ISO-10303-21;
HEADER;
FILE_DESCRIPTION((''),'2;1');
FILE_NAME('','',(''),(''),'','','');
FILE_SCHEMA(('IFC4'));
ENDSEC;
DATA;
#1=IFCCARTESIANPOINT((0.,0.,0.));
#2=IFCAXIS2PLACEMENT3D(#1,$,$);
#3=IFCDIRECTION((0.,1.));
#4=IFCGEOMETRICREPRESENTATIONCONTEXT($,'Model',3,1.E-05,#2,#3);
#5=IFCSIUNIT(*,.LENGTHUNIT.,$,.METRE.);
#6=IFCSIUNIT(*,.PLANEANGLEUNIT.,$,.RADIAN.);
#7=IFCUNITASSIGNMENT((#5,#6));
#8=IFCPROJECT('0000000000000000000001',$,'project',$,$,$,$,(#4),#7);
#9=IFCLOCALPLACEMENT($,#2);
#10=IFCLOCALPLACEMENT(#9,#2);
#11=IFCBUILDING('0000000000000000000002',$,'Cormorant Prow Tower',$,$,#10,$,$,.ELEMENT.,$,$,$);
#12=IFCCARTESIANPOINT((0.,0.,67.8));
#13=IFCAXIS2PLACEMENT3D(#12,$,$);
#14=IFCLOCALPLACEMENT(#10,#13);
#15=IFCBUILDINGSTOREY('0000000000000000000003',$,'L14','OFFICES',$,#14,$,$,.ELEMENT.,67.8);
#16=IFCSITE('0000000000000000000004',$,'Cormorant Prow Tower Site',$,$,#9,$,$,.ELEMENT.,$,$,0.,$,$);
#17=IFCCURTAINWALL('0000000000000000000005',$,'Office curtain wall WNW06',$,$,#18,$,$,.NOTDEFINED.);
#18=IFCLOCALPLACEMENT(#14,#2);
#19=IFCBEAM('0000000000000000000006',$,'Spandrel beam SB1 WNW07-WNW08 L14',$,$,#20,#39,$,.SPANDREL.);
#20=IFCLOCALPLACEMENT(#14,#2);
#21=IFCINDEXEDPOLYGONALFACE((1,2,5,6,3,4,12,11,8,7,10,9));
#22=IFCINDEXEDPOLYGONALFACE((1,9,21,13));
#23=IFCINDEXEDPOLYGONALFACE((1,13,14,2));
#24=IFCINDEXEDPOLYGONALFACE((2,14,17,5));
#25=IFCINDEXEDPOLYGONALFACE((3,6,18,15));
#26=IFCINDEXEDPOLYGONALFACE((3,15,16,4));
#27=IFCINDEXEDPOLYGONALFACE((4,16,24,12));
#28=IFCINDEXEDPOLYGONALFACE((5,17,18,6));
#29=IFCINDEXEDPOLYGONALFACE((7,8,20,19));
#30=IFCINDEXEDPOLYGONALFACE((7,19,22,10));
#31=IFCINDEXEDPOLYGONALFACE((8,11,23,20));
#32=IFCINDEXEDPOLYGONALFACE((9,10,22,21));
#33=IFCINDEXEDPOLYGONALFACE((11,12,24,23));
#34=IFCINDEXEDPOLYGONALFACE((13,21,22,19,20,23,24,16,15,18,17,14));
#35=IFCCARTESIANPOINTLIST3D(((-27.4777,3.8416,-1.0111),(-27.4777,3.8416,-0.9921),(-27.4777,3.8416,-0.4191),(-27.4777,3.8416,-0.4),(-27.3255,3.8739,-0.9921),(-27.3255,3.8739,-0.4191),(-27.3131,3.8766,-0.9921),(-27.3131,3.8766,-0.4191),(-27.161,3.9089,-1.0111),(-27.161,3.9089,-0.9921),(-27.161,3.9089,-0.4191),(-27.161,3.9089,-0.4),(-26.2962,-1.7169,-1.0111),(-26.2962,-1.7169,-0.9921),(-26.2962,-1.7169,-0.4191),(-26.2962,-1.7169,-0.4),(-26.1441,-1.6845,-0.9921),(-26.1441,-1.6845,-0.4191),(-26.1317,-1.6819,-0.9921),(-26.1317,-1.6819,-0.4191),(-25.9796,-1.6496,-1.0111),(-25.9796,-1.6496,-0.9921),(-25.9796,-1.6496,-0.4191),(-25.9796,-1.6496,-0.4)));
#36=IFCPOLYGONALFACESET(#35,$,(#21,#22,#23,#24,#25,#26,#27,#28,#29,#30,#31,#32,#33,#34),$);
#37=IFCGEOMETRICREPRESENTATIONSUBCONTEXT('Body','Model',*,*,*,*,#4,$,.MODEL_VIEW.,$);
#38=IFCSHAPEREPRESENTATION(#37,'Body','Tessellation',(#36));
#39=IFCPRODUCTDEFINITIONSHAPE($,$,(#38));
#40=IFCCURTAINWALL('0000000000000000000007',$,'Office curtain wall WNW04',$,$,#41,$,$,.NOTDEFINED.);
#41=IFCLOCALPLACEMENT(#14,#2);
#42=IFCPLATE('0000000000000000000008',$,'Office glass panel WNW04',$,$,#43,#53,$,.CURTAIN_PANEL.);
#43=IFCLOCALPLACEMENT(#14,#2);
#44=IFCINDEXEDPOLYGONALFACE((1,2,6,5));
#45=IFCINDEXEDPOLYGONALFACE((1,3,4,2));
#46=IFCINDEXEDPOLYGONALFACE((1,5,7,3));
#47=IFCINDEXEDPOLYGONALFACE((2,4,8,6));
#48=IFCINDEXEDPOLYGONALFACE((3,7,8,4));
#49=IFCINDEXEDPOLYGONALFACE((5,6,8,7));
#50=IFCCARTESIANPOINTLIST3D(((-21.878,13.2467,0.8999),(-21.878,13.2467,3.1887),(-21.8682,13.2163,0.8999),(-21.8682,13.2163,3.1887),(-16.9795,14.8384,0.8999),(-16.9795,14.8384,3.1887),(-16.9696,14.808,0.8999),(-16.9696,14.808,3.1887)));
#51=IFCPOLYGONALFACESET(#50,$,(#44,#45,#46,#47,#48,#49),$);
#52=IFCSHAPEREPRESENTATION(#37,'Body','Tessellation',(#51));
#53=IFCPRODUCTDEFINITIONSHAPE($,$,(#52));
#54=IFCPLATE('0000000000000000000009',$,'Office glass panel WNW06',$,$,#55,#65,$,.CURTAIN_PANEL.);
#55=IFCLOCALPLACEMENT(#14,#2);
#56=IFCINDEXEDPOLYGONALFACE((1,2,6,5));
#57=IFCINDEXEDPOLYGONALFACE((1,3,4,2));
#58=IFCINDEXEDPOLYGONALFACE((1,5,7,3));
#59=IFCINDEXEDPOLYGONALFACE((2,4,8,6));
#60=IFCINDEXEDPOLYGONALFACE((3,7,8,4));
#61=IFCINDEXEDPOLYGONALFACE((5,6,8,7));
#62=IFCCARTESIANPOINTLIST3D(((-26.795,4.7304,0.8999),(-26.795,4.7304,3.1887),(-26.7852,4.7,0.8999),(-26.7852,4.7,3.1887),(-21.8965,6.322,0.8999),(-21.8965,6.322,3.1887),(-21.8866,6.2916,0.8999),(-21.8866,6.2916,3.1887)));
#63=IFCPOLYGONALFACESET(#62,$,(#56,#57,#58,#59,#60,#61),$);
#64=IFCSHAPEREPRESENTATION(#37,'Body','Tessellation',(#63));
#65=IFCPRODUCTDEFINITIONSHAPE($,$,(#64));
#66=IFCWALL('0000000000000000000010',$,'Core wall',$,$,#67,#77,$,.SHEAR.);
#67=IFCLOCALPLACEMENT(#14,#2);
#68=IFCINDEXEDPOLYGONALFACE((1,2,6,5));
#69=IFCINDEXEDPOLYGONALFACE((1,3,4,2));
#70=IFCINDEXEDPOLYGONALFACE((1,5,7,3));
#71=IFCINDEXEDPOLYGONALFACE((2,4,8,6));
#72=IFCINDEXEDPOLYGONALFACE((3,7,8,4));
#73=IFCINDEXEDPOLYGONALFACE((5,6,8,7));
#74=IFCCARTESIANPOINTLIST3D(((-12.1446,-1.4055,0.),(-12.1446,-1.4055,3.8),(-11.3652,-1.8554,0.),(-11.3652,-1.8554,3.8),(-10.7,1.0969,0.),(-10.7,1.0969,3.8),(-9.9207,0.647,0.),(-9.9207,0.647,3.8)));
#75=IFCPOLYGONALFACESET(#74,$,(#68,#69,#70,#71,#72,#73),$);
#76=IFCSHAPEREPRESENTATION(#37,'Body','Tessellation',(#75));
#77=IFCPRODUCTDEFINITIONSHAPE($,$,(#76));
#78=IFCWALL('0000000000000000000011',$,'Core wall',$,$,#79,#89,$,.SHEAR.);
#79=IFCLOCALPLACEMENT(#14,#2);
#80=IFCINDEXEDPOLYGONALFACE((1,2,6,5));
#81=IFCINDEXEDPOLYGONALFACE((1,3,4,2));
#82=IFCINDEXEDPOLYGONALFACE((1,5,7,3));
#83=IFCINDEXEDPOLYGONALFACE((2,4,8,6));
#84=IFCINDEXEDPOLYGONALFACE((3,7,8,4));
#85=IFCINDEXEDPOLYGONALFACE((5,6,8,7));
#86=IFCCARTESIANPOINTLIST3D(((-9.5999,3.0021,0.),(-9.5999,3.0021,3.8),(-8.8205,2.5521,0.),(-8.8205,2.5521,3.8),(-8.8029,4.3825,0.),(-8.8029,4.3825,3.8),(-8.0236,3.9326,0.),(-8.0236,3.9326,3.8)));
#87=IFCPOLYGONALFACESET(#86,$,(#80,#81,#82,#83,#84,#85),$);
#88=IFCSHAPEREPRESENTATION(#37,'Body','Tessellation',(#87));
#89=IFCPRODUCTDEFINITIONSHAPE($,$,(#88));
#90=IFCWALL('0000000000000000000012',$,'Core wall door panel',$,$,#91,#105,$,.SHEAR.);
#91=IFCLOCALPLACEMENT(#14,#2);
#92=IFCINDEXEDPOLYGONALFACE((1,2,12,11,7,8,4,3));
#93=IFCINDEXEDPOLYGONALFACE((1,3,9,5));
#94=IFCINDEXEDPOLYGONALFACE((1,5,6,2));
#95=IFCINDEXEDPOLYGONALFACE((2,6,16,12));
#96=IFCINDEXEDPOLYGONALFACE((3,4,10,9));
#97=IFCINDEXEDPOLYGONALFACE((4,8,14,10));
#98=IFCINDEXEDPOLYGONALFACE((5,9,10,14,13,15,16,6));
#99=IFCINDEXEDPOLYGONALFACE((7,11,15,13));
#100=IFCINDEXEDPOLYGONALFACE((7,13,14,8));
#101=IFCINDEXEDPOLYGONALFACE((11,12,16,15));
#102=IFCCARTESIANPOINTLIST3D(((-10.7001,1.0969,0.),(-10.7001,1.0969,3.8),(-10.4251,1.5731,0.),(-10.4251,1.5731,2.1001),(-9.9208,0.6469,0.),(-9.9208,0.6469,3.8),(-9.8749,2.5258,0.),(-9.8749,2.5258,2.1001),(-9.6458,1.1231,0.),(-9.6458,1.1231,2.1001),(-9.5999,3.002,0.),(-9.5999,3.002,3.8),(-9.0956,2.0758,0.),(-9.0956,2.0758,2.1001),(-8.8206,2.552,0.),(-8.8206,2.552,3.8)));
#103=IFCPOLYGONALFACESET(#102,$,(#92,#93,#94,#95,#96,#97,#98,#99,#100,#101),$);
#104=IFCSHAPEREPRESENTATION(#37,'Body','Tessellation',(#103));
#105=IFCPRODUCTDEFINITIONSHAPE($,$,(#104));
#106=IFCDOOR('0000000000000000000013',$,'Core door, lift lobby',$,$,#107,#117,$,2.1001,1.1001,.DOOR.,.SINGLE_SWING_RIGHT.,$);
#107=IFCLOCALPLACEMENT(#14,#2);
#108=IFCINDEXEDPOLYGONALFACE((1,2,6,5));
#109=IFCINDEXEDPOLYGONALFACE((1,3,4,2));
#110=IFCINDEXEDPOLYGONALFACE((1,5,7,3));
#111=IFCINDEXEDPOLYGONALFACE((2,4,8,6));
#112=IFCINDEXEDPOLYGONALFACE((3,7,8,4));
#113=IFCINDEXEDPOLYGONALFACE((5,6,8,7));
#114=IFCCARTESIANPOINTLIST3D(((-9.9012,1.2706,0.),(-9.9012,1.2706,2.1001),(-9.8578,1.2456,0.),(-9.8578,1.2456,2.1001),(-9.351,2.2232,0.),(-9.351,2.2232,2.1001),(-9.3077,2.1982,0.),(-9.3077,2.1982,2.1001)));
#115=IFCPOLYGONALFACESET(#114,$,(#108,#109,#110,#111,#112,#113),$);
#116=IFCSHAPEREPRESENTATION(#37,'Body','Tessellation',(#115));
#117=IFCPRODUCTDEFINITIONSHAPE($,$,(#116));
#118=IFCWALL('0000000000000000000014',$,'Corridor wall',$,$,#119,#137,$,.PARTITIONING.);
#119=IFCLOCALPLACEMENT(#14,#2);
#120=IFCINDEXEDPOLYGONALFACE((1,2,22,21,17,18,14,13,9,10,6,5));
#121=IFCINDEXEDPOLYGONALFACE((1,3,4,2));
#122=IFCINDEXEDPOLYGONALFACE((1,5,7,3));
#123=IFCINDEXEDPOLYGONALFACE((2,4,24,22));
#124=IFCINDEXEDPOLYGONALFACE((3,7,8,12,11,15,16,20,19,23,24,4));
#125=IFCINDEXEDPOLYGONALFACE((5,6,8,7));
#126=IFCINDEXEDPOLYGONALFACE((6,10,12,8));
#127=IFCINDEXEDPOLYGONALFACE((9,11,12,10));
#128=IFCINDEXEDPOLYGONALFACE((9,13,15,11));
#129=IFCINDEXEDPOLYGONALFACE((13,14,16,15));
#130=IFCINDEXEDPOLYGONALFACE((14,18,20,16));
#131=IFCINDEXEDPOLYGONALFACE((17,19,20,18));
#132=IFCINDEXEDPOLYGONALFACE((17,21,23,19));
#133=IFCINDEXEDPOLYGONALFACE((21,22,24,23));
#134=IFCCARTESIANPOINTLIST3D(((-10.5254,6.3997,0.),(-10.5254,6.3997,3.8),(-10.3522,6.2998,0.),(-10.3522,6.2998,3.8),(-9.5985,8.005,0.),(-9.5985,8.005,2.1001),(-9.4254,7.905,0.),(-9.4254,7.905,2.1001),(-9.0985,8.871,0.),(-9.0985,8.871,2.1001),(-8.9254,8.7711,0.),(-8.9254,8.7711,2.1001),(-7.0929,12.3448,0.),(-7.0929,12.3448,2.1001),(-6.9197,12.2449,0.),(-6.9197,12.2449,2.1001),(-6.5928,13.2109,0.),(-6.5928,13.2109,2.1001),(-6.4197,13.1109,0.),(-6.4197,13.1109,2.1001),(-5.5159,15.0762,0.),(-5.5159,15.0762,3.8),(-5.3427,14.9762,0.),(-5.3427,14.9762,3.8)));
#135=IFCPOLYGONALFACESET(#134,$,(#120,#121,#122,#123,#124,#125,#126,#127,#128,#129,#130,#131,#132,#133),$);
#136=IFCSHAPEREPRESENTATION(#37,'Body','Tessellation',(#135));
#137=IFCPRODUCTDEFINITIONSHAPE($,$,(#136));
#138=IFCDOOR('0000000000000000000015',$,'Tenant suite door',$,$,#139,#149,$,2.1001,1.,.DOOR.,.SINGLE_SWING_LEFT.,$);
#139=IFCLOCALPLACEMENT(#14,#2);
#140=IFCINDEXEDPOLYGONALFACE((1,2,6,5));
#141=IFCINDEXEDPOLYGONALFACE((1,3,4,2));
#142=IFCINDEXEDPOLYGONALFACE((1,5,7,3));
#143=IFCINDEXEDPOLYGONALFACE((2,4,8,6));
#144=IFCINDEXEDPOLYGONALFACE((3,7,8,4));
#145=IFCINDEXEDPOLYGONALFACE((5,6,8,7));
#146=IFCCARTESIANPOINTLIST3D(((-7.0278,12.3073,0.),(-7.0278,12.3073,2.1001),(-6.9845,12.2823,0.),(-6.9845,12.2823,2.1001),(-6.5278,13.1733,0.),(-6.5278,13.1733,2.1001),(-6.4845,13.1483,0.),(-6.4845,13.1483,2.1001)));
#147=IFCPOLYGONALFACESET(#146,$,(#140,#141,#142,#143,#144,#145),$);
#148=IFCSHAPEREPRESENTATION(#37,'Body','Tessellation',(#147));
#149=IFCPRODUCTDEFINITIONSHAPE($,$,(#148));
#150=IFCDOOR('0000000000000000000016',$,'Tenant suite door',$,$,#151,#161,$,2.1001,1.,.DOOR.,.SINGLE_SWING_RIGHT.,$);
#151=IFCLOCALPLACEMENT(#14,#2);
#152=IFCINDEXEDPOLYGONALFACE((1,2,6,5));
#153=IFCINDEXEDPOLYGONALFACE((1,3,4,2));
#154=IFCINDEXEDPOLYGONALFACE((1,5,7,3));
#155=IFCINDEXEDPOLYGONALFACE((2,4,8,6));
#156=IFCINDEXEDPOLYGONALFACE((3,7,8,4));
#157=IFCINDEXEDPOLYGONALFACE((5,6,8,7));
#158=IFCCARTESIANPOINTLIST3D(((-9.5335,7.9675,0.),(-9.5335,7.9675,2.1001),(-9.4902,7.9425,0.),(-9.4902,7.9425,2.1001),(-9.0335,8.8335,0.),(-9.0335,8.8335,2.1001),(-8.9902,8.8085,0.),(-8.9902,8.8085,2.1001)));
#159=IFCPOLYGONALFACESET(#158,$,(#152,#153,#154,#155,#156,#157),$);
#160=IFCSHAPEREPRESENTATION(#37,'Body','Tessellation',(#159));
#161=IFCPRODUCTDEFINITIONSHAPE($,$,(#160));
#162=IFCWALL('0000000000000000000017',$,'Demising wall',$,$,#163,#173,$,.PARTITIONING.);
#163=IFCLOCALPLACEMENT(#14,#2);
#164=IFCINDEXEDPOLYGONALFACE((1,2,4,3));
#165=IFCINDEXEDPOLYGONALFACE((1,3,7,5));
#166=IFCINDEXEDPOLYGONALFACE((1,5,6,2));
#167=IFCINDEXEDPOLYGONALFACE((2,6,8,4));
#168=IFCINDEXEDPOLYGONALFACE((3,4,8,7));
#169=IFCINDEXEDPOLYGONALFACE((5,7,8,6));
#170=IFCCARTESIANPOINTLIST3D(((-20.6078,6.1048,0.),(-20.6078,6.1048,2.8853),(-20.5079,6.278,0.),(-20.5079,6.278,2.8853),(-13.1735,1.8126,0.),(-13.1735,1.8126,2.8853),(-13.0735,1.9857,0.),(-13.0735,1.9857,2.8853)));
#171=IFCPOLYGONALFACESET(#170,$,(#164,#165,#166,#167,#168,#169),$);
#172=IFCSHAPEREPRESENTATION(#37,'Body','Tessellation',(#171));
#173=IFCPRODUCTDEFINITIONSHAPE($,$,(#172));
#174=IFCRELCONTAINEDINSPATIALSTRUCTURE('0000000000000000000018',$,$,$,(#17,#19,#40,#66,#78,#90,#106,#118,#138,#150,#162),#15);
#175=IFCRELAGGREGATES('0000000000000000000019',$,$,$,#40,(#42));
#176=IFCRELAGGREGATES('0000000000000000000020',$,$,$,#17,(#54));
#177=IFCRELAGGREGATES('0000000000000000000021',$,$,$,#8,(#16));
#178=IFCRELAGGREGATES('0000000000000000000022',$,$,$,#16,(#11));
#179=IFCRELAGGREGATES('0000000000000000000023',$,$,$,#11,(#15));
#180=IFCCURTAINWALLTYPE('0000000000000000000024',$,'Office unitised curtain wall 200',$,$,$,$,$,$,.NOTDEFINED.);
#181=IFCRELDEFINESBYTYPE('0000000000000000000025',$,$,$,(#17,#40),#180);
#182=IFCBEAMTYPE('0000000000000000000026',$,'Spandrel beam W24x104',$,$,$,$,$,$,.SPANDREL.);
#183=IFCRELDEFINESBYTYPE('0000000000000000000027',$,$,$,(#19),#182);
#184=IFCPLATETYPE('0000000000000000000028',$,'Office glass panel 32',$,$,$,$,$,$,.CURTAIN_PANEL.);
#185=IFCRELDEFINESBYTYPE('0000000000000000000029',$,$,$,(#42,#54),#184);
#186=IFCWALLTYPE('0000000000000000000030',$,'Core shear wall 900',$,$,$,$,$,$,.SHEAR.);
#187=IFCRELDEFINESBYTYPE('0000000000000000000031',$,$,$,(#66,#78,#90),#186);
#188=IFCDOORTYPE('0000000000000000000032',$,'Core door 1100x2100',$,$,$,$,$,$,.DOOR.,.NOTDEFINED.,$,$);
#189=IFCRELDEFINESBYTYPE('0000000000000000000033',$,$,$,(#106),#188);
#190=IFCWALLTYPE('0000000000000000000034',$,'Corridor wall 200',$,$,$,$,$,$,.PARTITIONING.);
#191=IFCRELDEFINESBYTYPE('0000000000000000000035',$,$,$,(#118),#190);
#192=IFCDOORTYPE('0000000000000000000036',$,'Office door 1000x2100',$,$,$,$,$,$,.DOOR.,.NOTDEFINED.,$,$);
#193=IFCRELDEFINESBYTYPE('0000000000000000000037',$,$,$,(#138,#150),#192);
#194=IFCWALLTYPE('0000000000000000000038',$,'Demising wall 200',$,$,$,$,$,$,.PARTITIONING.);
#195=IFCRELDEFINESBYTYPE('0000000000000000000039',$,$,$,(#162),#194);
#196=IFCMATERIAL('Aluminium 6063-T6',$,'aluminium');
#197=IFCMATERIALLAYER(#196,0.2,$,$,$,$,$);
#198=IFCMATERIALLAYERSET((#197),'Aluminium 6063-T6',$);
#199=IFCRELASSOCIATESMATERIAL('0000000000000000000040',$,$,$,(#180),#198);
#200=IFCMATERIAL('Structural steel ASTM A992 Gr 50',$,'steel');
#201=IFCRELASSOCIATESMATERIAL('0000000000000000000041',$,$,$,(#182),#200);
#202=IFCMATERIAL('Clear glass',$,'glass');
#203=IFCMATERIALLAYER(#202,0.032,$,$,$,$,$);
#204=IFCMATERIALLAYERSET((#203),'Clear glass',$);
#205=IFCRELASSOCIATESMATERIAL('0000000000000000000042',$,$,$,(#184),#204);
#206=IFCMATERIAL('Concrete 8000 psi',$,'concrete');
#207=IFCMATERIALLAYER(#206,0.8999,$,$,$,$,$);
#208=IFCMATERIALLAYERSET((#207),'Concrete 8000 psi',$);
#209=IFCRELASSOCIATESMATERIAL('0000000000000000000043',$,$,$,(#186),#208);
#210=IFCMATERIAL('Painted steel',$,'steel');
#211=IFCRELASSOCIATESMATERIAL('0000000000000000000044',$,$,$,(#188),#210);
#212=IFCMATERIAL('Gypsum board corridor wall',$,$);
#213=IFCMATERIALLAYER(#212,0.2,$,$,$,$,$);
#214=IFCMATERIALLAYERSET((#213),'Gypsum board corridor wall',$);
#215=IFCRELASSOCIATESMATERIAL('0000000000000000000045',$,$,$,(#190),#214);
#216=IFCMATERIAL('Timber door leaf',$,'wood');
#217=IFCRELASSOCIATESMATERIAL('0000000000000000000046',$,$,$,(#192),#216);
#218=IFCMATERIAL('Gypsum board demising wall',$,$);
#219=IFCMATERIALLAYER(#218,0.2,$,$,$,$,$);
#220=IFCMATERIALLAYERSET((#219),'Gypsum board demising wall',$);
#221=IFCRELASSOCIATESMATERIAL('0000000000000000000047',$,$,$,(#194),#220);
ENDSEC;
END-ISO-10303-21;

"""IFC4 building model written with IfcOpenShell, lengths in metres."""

from ifc_helpers import new_model, si_unit, direction, frame, frame_2d, origin, origin_2d, place, context, subcontext, project, spatial, rectangle, i_section, extrude, material, layer, layer_set, material_profile, profile_set, type_object, element, fill, aggregate, save


model = new_model("IFC4")

# Units and contexts
model_context = context("Model", 3, precision=1e-05, world=origin(), true_north=direction((0.0, 1.0)))
body_context = subcontext(model_context, "Body", "Model", "MODEL_VIEW")
ifc_project = project(units=[si_unit("LENGTHUNIT", "METRE"), si_unit("PLANEANGLEUNIT", "RADIAN")], contexts=[model_context])

# Site, building, storey
site_placement = place(None, origin())
site = spatial("IfcSite", under=ifc_project, at=site_placement, Name="Cormorant Prow Tower Site", CompositionType="ELEMENT", RefElevation=0.0)
building_placement = place(site_placement, origin())
building = spatial("IfcBuilding", under=site, at=building_placement, Name="Cormorant Prow Tower", CompositionType="ELEMENT")
storey_placement = place(building_placement, frame((0.0, 0.0, 67.8)))
storey = spatial("IfcBuildingStorey", under=building, at=storey_placement, Name="L14", Description="OFFICES", CompositionType="ELEMENT", Elevation=67.8)

# Curtain wall
ifc_material_1 = material(Name="Aluminium 6063-T6", Category="aluminium")
ifc_layer_1 = layer(ifc_material_1, 0.2)
ifc_layer_set_1 = layer_set([ifc_layer_1], Name="Aluminium 6063-T6")
curtain_wall_type = type_object("IfcCurtainWallType", Name="Office unitised curtain wall 200", PredefinedType="NOTDEFINED", material=ifc_layer_set_1)
curtain_wall_1_placement = place(storey_placement, origin())
curtain_wall_1 = element("IfcCurtainWall", 1, at=curtain_wall_1_placement, inside=storey, type_object=curtain_wall_type, Name="Office curtain wall WNW06", PredefinedType="NOTDEFINED")

# Beam
ifc_material_2 = material(Name="Structural steel ASTM A992 Gr 50", Category="steel")
ifc_material_profile_1 = material_profile(ifc_material_2, i_section(OverallWidth=0.3237, OverallDepth=0.6111, WebThickness=0.0127, FlangeThickness=0.019, at=origin_2d()), Name="W24x104")
ifc_profile_set_1 = profile_set([ifc_material_profile_1], Name="Structural steel ASTM A992 Gr 50")
beam_type_1 = type_object("IfcBeamType", Name="Spandrel beam W24x104", PredefinedType="SPANDREL", material=ifc_profile_set_1)
beam_1_placement = place(storey_placement, frame((-27.3193, 3.8752, -0.7056), z_axis=(0.2079, -0.97815, 0.0), x_axis=(0.97815, 0.2079, 0.0)))
element("IfcBeam", 2, at=beam_1_placement, inside=storey, type_object=beam_type_1, Name="Spandrel beam SB1 WNW07-WNW08 L14", PredefinedType="SPANDREL", context=body_context, shape_type="SweptSolid", body=[
    extrude(i_section(OverallWidth=0.3237, OverallDepth=0.6111, WebThickness=0.0127, FlangeThickness=0.019, at=origin_2d()), origin(), (0.0, 0.0, 1.0), 5.6826),
])

# Curtain wall, plate
curtain_wall_2_placement = place(storey_placement, origin())
curtain_wall_2 = element("IfcCurtainWall", 3, at=curtain_wall_2_placement, inside=storey, type_object=curtain_wall_type, Name="Office curtain wall WNW04", PredefinedType="NOTDEFINED")
ifc_material_3 = material(Name="Clear glass", Category="glass")
ifc_layer_2 = layer(ifc_material_3, 0.032)
ifc_layer_set_2 = layer_set([ifc_layer_2], Name="Clear glass")
plate_type = type_object("IfcPlateType", Name="Office glass panel 32", PredefinedType="CURTAIN_PANEL", material=ifc_layer_set_2)
plate_1_placement = place(storey_placement, frame((-19.4238, 14.0273, 0.8999), z_axis=(0.0, 0.0, 1.0), x_axis=(-0.951057, -0.309017, 0.0)))
plate_1 = element("IfcPlate", 4, at=plate_1_placement, type_object=plate_type, Name="Office glass panel WNW04", PredefinedType="CURTAIN_PANEL", context=body_context, shape_type="SweptSolid", body=[
    extrude(rectangle(XDim=5.1506, YDim=0.032, at=origin_2d()), origin(), (0.0, 0.0, 1.0), 2.2888),
])
aggregate(curtain_wall_2, [plate_1])

# Plate
plate_2_placement = place(storey_placement, frame((-24.3408, 5.511, 0.8999), z_axis=(0.0, 0.0, 1.0), x_axis=(-0.951057, -0.309017, 0.0)))
plate_2 = element("IfcPlate", 5, at=plate_2_placement, type_object=plate_type, Name="Office glass panel WNW06", PredefinedType="CURTAIN_PANEL", context=body_context, shape_type="SweptSolid", body=[
    extrude(rectangle(XDim=5.1506, YDim=0.032, at=origin_2d()), origin(), (0.0, 0.0, 1.0), 2.2888),
])
aggregate(curtain_wall_1, [plate_2])

# Walls
ifc_material_4 = material(Name="Concrete 8000 psi", Category="concrete")
ifc_layer_3 = layer(ifc_material_4, 0.8999)
ifc_layer_set_3 = layer_set([ifc_layer_3], Name="Concrete 8000 psi")
wall_type_1 = type_object("IfcWallType", Name="Core shear wall 900", PredefinedType="SHEAR", material=ifc_layer_set_3)
wall_1_placement = place(storey_placement, frame((-10.3103, 0.8721, 0.0), z_axis=(0.0, 0.0, 1.0), x_axis=(-0.499947, -0.866056, 0.0)))
element("IfcWall", 6, at=wall_1_placement, inside=storey, type_object=wall_type_1, Name="Core wall", PredefinedType="SHEAR", context=body_context, shape_type="SweptSolid", body=[
    extrude(rectangle(XDim=2.8894, YDim=0.8999, at=frame_2d((1.4448, 0.0))), origin(), (0.0, 0.0, 1.0), 3.8),
])
wall_2_placement = place(storey_placement, frame((-8.4133, 4.1575, 0.0), z_axis=(0.0, 0.0, 1.0), x_axis=(-0.499961, -0.866048, 0.0)))
element("IfcWall", 7, at=wall_2_placement, inside=storey, type_object=wall_type_1, Name="Core wall", PredefinedType="SHEAR", context=body_context, shape_type="SweptSolid", body=[
    extrude(rectangle(XDim=1.594, YDim=0.8999, at=frame_2d((0.7969, 0.0))), origin(), (0.0, 0.0, 1.0), 3.8),
])

# Wall, opening, door
wall_3_placement = place(storey_placement, frame((-9.2102, 2.7771, 0.0), z_axis=(0.0, 0.0, 1.0), x_axis=(-0.500078, -0.86598, 0.0)))
wall_3 = element("IfcWall", 8, at=wall_3_placement, inside=storey, type_object=wall_type_1, Name="Core wall door panel", PredefinedType="SHEAR", context=body_context, shape_type="SweptSolid", body=[
    extrude(rectangle(XDim=2.2, YDim=0.8999, at=frame_2d((1.1001, 0.0))), origin(), (0.0, 0.0, 1.0), 3.8),
])
opening_1_placement = place(wall_3_placement, frame((0.55, 0.0, 0.0)))
opening_1 = element("IfcOpeningElement", 9, at=opening_1_placement, cuts=wall_3, PredefinedType="OPENING", context=body_context, shape_type="SweptSolid", body=[
    extrude(rectangle(XDim=1.1001, YDim=2.1001, at=frame_2d((0.55, 1.05))), frame((0.0, 0.46, 0.0), z_axis=(0.0, -1.0, 0.0), x_axis=(1.0, 0.0, 0.0)), (0.0, 0.0, 1.0), 0.9199),
])
ifc_material_5 = material(Name="Painted steel", Category="steel")
door_type_1 = type_object("IfcDoorType", Name="Core door 1100x2100", OperationType="NOTDEFINED", PredefinedType="DOOR", material=ifc_material_5)
door_1_placement = place(opening_1_placement, origin())
door_1 = element("IfcDoor", 10, at=door_1_placement, inside=storey, type_object=door_type_1, Name="Core door, lift lobby", OperationType="SINGLE_SWING_RIGHT", OverallHeight=2.1001, OverallWidth=1.1001, PredefinedType="DOOR", context=body_context, shape_type="SweptSolid", body=[
    extrude(rectangle(XDim=1.1001, YDim=2.1001, at=frame_2d((0.55, 1.05))), frame((0.0, 0.2051, 0.0), z_axis=(0.0, -1.0, 0.0), x_axis=(1.0, 0.0, 0.0)), (0.0, 0.0, 1.0), 0.05),
])
fill(opening_1, door_1)

# Wall, openings, doors
ifc_material_6 = material(Name="Gypsum board corridor wall")
ifc_layer_4 = layer(ifc_material_6, 0.2)
ifc_layer_set_4 = layer_set([ifc_layer_4], Name="Gypsum board corridor wall")
wall_type_2 = type_object("IfcWallType", Name="Corridor wall 200", PredefinedType="PARTITIONING", material=ifc_layer_set_4)
wall_4_placement = place(storey_placement, frame((-10.4387, 6.3499, 0.0), z_axis=(0.0, 0.0, 1.0), x_axis=(0.50001, 0.86602, 0.0)))
wall_4 = element("IfcWall", 11, at=wall_4_placement, inside=storey, type_object=wall_type_2, Name="Corridor wall", PredefinedType="PARTITIONING", context=body_context, shape_type="SweptSolid", body=[
    extrude(rectangle(XDim=10.0188, YDim=0.2, at=frame_2d((5.0093, 0.0))), origin(), (0.0, 0.0, 1.0), 3.8),
])
opening_2_placement = place(wall_4_placement, frame((6.8647, 0.0, 0.0)))
opening_2 = element("IfcOpeningElement", 12, at=opening_2_placement, cuts=wall_4, PredefinedType="OPENING", context=body_context, shape_type="SweptSolid", body=[
    extrude(rectangle(XDim=1.0, YDim=2.1001, at=frame_2d((0.5, 1.05))), frame((0.0, 0.1099, 0.0), z_axis=(0.0, -1.0, 0.0), x_axis=(1.0, 0.0, 0.0)), (0.0, 0.0, 1.0), 0.22),
])
opening_3_placement = place(wall_4_placement, frame((1.8535, 0.0, 0.0)))
opening_3 = element("IfcOpeningElement", 13, at=opening_3_placement, cuts=wall_4, PredefinedType="OPENING", context=body_context, shape_type="SweptSolid", body=[
    extrude(rectangle(XDim=1.0, YDim=2.1001, at=frame_2d((0.5, 1.05))), frame((0.0, 0.1099, 0.0), z_axis=(0.0, -1.0, 0.0), x_axis=(1.0, 0.0, 0.0)), (0.0, 0.0, 1.0), 0.22),
])
ifc_material_7 = material(Name="Timber door leaf", Category="wood")
door_type_2 = type_object("IfcDoorType", Name="Office door 1000x2100", OperationType="NOTDEFINED", PredefinedType="DOOR", material=ifc_material_7)
door_2_placement = place(opening_2_placement, origin())
door_2 = element("IfcDoor", 14, at=door_2_placement, inside=storey, type_object=door_type_2, Name="Tenant suite door", OperationType="SINGLE_SWING_LEFT", OverallHeight=2.1001, OverallWidth=1.0, PredefinedType="DOOR", context=body_context, shape_type="SweptSolid", body=[
    extrude(rectangle(XDim=1.0, YDim=2.1001, at=frame_2d((0.5, 1.05))), frame((0.0, 0.0249, 0.0), z_axis=(0.0, -1.0, 0.0), x_axis=(1.0, 0.0, 0.0)), (0.0, 0.0, 1.0), 0.05),
])
fill(opening_2, door_2)
door_3_placement = place(opening_3_placement, origin())
door_3 = element("IfcDoor", 15, at=door_3_placement, inside=storey, type_object=door_type_2, Name="Tenant suite door", OperationType="SINGLE_SWING_RIGHT", OverallHeight=2.1001, OverallWidth=1.0, PredefinedType="DOOR", context=body_context, shape_type="SweptSolid", body=[
    extrude(rectangle(XDim=1.0, YDim=2.1001, at=frame_2d((0.5, 1.05))), frame((0.0, 0.0249, 0.0), z_axis=(0.0, -1.0, 0.0), x_axis=(1.0, 0.0, 0.0)), (0.0, 0.0, 1.0), 0.05),
])
fill(opening_3, door_3)

# Wall
ifc_material_8 = material(Name="Gypsum board demising wall")
ifc_layer_5 = layer(ifc_material_8, 0.2)
ifc_layer_set_5 = layer_set([ifc_layer_5], Name="Gypsum board demising wall")
wall_type_3 = type_object("IfcWallType", Name="Demising wall 200", PredefinedType="PARTITIONING", material=ifc_layer_set_5)
wall_5_placement = place(storey_placement, frame((-20.5579, 6.1914, 0.0), z_axis=(0.0, 0.0, 1.0), x_axis=(0.866024, -0.500002, 0.0)))
element("IfcWall", 16, at=wall_5_placement, inside=storey, type_object=wall_type_3, Name="Demising wall", PredefinedType="PARTITIONING", context=body_context, shape_type="SweptSolid", body=[
    extrude(rectangle(XDim=8.5845, YDim=0.2, at=frame_2d((4.2922, 0.0))), origin(), (0.0, 0.0, 1.0), 2.8853),
])

save(model, "model.ifc")
